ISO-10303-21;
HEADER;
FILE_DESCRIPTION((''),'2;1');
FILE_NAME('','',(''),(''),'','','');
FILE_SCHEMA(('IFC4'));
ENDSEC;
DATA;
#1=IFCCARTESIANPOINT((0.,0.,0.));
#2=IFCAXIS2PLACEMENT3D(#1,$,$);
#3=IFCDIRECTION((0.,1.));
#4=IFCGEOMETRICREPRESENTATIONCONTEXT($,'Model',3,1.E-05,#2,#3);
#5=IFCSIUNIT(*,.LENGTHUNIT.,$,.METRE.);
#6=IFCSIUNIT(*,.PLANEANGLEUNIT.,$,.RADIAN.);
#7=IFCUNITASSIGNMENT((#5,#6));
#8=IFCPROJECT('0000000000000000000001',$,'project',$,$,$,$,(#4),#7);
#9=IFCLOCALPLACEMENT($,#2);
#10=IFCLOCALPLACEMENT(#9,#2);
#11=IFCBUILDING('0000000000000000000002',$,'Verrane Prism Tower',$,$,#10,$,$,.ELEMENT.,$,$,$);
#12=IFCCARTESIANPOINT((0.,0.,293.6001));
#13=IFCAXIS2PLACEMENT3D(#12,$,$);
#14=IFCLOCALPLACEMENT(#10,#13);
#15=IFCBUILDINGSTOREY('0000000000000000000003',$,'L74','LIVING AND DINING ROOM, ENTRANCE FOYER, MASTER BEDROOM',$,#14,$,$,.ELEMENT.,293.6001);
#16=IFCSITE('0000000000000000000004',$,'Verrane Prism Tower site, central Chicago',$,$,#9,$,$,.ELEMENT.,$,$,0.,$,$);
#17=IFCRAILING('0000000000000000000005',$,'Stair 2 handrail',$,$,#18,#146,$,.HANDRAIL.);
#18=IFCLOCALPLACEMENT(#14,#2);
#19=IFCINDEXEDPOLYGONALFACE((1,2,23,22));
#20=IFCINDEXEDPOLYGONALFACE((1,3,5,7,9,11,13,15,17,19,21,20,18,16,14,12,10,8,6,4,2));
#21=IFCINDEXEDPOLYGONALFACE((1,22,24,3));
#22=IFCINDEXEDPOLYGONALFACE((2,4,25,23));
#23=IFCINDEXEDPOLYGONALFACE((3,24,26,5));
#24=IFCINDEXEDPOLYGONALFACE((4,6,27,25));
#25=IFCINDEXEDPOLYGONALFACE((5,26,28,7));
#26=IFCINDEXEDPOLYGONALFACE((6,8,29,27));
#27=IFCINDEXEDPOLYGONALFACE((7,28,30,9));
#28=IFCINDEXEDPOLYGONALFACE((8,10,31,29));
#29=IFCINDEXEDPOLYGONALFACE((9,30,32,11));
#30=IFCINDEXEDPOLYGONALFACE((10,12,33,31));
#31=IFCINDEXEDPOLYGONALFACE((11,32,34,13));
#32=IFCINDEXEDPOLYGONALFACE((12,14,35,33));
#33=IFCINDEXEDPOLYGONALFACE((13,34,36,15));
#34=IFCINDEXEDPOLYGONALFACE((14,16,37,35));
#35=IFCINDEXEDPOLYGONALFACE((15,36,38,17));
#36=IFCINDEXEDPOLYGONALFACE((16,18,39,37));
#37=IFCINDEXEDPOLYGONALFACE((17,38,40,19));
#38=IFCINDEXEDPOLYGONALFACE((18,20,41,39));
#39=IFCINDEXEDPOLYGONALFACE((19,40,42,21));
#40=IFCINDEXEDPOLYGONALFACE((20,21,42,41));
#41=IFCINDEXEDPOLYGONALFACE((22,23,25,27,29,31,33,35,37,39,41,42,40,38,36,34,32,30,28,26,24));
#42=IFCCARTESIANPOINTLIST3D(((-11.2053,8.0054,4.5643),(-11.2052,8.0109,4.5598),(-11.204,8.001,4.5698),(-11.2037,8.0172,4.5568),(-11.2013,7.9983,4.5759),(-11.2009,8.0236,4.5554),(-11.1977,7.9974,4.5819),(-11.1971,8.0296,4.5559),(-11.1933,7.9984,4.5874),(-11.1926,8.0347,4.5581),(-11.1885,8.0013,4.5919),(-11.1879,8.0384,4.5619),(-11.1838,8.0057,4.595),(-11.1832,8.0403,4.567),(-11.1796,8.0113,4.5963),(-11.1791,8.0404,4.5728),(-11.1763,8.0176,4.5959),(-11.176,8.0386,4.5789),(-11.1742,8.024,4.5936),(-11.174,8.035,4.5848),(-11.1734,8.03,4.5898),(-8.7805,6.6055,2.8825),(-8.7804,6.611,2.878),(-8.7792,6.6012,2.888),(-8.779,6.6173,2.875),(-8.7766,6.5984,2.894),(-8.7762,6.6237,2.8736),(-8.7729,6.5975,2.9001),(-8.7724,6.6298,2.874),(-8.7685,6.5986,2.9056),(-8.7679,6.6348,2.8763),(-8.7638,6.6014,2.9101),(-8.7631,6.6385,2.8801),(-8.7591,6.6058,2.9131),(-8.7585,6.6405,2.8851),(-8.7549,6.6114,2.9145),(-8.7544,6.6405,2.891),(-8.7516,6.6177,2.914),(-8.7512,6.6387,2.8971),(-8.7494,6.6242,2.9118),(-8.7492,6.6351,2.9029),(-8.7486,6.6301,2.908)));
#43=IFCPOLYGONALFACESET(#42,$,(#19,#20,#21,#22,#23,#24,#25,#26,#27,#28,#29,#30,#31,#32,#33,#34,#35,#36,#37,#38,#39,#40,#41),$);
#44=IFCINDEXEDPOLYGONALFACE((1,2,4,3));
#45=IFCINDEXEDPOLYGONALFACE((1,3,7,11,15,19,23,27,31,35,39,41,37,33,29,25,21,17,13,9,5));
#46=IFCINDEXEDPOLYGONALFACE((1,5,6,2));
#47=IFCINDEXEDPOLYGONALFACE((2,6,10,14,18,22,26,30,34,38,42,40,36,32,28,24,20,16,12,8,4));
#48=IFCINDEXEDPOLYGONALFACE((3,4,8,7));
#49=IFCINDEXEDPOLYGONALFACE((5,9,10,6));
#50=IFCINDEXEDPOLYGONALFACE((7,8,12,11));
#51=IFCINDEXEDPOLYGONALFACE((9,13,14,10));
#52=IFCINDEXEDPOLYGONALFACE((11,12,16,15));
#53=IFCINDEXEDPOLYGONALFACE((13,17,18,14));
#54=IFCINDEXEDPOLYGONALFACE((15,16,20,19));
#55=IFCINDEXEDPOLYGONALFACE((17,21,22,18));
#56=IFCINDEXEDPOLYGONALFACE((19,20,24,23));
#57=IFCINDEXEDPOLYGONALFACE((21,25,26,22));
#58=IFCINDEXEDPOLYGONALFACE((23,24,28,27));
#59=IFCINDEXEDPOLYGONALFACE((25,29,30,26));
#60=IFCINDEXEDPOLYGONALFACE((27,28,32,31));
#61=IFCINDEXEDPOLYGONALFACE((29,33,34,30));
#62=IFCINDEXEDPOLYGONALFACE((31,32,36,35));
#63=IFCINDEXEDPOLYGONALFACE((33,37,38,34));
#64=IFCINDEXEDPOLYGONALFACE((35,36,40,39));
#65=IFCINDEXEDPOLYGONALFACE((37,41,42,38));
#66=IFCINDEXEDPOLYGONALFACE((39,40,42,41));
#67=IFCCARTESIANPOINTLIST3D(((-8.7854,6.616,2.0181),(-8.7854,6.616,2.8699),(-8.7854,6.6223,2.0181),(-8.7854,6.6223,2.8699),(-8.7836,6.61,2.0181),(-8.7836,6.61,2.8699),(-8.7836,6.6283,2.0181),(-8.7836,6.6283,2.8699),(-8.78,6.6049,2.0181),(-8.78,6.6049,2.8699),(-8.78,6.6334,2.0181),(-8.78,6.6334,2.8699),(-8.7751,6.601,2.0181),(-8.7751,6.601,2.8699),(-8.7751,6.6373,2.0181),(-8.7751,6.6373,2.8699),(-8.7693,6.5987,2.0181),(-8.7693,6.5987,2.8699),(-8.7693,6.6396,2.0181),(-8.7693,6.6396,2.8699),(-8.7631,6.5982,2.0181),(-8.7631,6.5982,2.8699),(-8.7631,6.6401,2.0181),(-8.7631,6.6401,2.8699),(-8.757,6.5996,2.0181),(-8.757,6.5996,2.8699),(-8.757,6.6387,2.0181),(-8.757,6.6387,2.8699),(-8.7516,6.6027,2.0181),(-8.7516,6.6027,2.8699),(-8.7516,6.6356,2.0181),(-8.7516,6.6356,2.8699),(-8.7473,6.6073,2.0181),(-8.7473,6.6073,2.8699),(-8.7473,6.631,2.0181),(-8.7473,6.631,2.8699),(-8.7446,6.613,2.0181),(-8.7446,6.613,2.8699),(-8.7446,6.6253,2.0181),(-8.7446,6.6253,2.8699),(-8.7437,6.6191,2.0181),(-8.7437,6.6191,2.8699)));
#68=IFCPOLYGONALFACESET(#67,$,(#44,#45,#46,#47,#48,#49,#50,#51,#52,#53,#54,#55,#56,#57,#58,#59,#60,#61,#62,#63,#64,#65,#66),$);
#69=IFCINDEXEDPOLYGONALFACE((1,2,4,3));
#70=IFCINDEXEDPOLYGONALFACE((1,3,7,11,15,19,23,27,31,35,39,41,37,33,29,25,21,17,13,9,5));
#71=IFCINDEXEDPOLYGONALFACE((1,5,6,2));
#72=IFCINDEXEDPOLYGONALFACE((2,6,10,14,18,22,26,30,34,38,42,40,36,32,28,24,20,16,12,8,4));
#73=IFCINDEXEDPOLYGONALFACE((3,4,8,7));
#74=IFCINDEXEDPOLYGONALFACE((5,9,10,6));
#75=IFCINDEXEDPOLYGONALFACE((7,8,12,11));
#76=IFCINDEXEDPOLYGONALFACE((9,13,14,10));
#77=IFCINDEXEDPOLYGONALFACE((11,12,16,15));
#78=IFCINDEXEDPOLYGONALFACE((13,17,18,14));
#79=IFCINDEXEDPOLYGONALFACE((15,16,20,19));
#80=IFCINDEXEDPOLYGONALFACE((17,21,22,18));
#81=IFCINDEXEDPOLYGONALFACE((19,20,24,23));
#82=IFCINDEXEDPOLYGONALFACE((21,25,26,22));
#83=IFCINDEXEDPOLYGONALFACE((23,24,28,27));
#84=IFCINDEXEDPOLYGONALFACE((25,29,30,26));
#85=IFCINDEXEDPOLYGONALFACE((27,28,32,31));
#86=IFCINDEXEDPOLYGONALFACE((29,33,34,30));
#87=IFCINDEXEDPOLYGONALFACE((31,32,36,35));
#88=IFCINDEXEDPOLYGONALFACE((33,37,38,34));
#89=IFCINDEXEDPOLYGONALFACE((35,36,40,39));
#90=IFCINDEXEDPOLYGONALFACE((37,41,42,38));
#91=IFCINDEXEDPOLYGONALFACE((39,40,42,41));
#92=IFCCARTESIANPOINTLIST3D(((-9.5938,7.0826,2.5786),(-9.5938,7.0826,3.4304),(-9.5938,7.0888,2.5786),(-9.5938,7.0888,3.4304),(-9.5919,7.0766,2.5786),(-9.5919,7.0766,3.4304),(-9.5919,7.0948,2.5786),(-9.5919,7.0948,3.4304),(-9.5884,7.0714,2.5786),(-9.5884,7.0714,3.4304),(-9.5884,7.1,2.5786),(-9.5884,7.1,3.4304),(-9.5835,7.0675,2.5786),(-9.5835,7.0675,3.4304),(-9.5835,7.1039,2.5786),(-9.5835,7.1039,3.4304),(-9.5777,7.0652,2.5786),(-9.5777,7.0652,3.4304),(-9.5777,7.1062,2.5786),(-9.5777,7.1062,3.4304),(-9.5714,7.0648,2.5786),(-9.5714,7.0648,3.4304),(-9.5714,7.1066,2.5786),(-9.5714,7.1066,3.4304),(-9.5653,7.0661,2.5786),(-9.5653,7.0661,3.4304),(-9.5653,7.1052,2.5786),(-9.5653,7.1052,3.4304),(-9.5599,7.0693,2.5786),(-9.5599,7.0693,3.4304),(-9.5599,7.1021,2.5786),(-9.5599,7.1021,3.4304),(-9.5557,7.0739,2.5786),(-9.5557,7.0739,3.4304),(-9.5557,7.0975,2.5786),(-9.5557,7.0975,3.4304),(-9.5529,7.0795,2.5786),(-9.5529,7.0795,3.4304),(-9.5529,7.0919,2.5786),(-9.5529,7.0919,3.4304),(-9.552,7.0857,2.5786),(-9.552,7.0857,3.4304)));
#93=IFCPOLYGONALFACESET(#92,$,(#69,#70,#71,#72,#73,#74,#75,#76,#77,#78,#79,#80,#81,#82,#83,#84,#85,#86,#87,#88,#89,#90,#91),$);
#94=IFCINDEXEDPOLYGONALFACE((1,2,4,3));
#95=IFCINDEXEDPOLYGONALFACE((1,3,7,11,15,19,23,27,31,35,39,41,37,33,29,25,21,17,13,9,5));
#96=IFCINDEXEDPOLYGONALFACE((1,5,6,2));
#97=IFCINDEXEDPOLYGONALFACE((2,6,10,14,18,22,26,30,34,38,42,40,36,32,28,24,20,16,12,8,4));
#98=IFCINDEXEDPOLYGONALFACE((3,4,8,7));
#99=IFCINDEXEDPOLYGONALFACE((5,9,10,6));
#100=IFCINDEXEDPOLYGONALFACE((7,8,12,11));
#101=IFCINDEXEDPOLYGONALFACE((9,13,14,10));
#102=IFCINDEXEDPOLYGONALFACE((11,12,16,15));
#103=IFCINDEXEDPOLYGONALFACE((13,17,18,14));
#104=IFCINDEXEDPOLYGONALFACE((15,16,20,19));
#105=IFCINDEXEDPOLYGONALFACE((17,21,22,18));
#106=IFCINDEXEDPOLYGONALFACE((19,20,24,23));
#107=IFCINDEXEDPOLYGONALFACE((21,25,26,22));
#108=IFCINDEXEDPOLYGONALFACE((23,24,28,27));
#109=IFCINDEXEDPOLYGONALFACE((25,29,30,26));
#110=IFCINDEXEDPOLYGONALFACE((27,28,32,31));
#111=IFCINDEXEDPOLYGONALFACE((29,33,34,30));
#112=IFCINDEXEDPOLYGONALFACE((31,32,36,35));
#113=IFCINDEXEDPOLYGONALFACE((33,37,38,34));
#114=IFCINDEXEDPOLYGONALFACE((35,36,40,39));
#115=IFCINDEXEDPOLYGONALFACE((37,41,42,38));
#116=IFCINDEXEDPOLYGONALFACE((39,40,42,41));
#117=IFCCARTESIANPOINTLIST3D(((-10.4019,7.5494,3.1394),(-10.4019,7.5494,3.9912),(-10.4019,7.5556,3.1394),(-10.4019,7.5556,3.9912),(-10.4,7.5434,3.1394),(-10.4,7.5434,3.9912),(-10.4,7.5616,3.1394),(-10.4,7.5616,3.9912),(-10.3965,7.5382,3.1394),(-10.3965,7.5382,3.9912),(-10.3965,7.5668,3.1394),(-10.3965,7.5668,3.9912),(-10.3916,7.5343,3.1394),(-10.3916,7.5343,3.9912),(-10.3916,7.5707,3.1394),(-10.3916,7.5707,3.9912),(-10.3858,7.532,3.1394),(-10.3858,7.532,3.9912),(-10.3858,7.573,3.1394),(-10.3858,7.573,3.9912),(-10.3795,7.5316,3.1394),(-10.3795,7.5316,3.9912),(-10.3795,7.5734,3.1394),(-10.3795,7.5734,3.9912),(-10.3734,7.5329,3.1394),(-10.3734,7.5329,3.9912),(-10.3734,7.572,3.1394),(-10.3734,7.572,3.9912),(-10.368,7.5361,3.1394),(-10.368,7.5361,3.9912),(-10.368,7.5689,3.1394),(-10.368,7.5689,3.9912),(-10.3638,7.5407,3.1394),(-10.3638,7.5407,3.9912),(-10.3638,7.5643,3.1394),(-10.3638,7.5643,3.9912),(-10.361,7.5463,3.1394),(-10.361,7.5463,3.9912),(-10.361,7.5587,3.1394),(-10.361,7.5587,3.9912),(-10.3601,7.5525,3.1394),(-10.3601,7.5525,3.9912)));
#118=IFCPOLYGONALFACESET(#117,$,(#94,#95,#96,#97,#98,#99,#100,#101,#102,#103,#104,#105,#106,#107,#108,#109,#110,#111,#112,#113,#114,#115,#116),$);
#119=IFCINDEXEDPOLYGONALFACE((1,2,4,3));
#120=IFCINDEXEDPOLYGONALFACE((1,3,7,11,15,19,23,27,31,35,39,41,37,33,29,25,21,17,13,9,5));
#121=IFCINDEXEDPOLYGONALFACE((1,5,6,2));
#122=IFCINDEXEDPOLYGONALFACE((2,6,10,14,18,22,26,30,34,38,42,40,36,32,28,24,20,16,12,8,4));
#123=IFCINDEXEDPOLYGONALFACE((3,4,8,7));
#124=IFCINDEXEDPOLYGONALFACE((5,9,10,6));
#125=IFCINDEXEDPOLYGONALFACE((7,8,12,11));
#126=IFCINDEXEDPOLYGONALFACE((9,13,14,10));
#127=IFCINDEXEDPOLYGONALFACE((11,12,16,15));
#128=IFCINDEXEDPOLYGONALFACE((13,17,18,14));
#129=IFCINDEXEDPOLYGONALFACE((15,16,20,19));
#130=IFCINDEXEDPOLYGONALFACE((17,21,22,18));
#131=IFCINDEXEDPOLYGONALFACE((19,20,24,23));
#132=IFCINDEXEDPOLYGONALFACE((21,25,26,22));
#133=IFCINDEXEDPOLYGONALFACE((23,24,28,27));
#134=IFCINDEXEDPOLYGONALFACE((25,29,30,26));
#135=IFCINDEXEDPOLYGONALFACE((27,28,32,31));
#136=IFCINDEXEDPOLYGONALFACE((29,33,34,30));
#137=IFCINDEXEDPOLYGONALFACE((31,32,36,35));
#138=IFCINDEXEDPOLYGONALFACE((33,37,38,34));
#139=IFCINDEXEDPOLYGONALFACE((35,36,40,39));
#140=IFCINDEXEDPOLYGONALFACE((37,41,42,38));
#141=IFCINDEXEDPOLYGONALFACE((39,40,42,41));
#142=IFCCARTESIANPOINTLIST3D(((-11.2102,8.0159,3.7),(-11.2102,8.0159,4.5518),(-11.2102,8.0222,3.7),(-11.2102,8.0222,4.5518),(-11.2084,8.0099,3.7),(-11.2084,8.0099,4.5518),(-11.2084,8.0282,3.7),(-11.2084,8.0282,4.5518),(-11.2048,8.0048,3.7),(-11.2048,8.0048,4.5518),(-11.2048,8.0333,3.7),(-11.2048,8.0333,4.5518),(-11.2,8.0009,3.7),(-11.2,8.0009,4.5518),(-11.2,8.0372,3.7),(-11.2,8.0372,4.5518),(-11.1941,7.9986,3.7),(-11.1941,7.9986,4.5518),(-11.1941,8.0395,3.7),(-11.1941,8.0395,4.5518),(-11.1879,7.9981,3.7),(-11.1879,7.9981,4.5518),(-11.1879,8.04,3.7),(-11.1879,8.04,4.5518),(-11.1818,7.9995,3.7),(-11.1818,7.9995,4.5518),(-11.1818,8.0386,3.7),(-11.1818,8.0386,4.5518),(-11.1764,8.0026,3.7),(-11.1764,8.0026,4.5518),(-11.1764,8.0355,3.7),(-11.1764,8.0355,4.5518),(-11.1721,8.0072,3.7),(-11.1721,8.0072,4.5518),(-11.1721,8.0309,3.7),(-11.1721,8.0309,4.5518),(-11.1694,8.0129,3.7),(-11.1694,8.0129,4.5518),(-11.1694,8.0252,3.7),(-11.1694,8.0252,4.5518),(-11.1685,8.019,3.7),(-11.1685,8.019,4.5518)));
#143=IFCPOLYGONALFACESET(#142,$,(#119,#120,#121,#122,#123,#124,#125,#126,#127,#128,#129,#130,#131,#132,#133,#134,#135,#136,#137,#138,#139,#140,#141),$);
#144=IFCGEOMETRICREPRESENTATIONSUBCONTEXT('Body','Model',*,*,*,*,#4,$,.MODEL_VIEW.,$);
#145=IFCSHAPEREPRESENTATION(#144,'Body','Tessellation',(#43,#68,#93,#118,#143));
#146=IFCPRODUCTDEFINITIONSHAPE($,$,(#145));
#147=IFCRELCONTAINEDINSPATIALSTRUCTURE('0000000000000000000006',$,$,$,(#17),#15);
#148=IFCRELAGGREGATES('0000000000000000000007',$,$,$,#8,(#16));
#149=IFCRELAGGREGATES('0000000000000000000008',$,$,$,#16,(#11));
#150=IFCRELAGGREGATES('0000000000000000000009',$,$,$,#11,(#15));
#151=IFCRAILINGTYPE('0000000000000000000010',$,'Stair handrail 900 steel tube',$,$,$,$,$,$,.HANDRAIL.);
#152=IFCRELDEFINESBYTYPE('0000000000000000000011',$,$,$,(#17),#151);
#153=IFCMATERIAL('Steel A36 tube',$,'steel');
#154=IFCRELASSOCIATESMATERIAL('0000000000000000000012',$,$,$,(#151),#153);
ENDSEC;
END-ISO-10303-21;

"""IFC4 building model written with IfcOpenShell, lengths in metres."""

from ifc_helpers import new_model, si_unit, direction, frame, origin, origin_2d, place, context, subcontext, project, spatial, circle, extrude, material, type_object, element, save


model = new_model("IFC4")

# Units and contexts
model_context = context("Model", 3, precision=1e-05, world=origin(), true_north=direction((0.0, 1.0)))
body_context = subcontext(model_context, "Body", "Model", "MODEL_VIEW")
ifc_project = project(units=[si_unit("LENGTHUNIT", "METRE"), si_unit("PLANEANGLEUNIT", "RADIAN")], contexts=[model_context])

# Site, building, storey
site_placement = place(None, origin())
site = spatial("IfcSite", under=ifc_project, at=site_placement, Name="Verrane Prism Tower site, central Chicago", CompositionType="ELEMENT", RefElevation=0.0)
building_placement = place(site_placement, origin())
building = spatial("IfcBuilding", under=site, at=building_placement, Name="Verrane Prism Tower", CompositionType="ELEMENT")
storey_placement = place(building_placement, frame((0.0, 0.0, 293.6001)))
storey = spatial("IfcBuildingStorey", under=building, at=storey_placement, Name="L74", Description="LIVING AND DINING ROOM, ENTRANCE FOYER, MASTER BEDROOM", CompositionType="ELEMENT", Elevation=293.6001)

# Railing
ifc_material_1 = material(Name="Steel A36 tube", Category="steel")
railing_type_1 = type_object("IfcRailingType", Name="Stair handrail 900 steel tube", PredefinedType="HANDRAIL", material=ifc_material_1)
railing_1_placement = place(storey_placement, frame((-8.7646, 6.6191, 2.0181)))
element("IfcRailing", 1, at=railing_1_placement, inside=storey, type_object=railing_type_1, Name="Stair 2 handrail", PredefinedType="HANDRAIL", context=body_context, shape_type="SweptSolid", body=[
    extrude(circle(Radius=0.0239, at=origin_2d()), frame((0.0, 0.0, 0.876), z_axis=(-0.74239, 0.428601, 0.514934), x_axis=(-0.499984, -0.866035, 0.0)), (0.0, 0.0, 1.0), 3.2661),
    extrude(circle(Radius=0.021, at=origin_2d()), origin(), (0.0, 0.0, 1.0), 0.8518),
    extrude(circle(Radius=0.021, at=origin_2d()), frame((-0.8083, 0.4666, 0.5605)), (0.0, 0.0, 1.0), 0.8518),
    extrude(circle(Radius=0.021, at=origin_2d()), frame((-1.6165, 0.9333, 1.1213)), (0.0, 0.0, 1.0), 0.8518),
    extrude(circle(Radius=0.021, at=origin_2d()), frame((-2.4248, 1.3999, 1.6819)), (0.0, 0.0, 1.0), 0.8518),
])

save(model, "model.ifc")
